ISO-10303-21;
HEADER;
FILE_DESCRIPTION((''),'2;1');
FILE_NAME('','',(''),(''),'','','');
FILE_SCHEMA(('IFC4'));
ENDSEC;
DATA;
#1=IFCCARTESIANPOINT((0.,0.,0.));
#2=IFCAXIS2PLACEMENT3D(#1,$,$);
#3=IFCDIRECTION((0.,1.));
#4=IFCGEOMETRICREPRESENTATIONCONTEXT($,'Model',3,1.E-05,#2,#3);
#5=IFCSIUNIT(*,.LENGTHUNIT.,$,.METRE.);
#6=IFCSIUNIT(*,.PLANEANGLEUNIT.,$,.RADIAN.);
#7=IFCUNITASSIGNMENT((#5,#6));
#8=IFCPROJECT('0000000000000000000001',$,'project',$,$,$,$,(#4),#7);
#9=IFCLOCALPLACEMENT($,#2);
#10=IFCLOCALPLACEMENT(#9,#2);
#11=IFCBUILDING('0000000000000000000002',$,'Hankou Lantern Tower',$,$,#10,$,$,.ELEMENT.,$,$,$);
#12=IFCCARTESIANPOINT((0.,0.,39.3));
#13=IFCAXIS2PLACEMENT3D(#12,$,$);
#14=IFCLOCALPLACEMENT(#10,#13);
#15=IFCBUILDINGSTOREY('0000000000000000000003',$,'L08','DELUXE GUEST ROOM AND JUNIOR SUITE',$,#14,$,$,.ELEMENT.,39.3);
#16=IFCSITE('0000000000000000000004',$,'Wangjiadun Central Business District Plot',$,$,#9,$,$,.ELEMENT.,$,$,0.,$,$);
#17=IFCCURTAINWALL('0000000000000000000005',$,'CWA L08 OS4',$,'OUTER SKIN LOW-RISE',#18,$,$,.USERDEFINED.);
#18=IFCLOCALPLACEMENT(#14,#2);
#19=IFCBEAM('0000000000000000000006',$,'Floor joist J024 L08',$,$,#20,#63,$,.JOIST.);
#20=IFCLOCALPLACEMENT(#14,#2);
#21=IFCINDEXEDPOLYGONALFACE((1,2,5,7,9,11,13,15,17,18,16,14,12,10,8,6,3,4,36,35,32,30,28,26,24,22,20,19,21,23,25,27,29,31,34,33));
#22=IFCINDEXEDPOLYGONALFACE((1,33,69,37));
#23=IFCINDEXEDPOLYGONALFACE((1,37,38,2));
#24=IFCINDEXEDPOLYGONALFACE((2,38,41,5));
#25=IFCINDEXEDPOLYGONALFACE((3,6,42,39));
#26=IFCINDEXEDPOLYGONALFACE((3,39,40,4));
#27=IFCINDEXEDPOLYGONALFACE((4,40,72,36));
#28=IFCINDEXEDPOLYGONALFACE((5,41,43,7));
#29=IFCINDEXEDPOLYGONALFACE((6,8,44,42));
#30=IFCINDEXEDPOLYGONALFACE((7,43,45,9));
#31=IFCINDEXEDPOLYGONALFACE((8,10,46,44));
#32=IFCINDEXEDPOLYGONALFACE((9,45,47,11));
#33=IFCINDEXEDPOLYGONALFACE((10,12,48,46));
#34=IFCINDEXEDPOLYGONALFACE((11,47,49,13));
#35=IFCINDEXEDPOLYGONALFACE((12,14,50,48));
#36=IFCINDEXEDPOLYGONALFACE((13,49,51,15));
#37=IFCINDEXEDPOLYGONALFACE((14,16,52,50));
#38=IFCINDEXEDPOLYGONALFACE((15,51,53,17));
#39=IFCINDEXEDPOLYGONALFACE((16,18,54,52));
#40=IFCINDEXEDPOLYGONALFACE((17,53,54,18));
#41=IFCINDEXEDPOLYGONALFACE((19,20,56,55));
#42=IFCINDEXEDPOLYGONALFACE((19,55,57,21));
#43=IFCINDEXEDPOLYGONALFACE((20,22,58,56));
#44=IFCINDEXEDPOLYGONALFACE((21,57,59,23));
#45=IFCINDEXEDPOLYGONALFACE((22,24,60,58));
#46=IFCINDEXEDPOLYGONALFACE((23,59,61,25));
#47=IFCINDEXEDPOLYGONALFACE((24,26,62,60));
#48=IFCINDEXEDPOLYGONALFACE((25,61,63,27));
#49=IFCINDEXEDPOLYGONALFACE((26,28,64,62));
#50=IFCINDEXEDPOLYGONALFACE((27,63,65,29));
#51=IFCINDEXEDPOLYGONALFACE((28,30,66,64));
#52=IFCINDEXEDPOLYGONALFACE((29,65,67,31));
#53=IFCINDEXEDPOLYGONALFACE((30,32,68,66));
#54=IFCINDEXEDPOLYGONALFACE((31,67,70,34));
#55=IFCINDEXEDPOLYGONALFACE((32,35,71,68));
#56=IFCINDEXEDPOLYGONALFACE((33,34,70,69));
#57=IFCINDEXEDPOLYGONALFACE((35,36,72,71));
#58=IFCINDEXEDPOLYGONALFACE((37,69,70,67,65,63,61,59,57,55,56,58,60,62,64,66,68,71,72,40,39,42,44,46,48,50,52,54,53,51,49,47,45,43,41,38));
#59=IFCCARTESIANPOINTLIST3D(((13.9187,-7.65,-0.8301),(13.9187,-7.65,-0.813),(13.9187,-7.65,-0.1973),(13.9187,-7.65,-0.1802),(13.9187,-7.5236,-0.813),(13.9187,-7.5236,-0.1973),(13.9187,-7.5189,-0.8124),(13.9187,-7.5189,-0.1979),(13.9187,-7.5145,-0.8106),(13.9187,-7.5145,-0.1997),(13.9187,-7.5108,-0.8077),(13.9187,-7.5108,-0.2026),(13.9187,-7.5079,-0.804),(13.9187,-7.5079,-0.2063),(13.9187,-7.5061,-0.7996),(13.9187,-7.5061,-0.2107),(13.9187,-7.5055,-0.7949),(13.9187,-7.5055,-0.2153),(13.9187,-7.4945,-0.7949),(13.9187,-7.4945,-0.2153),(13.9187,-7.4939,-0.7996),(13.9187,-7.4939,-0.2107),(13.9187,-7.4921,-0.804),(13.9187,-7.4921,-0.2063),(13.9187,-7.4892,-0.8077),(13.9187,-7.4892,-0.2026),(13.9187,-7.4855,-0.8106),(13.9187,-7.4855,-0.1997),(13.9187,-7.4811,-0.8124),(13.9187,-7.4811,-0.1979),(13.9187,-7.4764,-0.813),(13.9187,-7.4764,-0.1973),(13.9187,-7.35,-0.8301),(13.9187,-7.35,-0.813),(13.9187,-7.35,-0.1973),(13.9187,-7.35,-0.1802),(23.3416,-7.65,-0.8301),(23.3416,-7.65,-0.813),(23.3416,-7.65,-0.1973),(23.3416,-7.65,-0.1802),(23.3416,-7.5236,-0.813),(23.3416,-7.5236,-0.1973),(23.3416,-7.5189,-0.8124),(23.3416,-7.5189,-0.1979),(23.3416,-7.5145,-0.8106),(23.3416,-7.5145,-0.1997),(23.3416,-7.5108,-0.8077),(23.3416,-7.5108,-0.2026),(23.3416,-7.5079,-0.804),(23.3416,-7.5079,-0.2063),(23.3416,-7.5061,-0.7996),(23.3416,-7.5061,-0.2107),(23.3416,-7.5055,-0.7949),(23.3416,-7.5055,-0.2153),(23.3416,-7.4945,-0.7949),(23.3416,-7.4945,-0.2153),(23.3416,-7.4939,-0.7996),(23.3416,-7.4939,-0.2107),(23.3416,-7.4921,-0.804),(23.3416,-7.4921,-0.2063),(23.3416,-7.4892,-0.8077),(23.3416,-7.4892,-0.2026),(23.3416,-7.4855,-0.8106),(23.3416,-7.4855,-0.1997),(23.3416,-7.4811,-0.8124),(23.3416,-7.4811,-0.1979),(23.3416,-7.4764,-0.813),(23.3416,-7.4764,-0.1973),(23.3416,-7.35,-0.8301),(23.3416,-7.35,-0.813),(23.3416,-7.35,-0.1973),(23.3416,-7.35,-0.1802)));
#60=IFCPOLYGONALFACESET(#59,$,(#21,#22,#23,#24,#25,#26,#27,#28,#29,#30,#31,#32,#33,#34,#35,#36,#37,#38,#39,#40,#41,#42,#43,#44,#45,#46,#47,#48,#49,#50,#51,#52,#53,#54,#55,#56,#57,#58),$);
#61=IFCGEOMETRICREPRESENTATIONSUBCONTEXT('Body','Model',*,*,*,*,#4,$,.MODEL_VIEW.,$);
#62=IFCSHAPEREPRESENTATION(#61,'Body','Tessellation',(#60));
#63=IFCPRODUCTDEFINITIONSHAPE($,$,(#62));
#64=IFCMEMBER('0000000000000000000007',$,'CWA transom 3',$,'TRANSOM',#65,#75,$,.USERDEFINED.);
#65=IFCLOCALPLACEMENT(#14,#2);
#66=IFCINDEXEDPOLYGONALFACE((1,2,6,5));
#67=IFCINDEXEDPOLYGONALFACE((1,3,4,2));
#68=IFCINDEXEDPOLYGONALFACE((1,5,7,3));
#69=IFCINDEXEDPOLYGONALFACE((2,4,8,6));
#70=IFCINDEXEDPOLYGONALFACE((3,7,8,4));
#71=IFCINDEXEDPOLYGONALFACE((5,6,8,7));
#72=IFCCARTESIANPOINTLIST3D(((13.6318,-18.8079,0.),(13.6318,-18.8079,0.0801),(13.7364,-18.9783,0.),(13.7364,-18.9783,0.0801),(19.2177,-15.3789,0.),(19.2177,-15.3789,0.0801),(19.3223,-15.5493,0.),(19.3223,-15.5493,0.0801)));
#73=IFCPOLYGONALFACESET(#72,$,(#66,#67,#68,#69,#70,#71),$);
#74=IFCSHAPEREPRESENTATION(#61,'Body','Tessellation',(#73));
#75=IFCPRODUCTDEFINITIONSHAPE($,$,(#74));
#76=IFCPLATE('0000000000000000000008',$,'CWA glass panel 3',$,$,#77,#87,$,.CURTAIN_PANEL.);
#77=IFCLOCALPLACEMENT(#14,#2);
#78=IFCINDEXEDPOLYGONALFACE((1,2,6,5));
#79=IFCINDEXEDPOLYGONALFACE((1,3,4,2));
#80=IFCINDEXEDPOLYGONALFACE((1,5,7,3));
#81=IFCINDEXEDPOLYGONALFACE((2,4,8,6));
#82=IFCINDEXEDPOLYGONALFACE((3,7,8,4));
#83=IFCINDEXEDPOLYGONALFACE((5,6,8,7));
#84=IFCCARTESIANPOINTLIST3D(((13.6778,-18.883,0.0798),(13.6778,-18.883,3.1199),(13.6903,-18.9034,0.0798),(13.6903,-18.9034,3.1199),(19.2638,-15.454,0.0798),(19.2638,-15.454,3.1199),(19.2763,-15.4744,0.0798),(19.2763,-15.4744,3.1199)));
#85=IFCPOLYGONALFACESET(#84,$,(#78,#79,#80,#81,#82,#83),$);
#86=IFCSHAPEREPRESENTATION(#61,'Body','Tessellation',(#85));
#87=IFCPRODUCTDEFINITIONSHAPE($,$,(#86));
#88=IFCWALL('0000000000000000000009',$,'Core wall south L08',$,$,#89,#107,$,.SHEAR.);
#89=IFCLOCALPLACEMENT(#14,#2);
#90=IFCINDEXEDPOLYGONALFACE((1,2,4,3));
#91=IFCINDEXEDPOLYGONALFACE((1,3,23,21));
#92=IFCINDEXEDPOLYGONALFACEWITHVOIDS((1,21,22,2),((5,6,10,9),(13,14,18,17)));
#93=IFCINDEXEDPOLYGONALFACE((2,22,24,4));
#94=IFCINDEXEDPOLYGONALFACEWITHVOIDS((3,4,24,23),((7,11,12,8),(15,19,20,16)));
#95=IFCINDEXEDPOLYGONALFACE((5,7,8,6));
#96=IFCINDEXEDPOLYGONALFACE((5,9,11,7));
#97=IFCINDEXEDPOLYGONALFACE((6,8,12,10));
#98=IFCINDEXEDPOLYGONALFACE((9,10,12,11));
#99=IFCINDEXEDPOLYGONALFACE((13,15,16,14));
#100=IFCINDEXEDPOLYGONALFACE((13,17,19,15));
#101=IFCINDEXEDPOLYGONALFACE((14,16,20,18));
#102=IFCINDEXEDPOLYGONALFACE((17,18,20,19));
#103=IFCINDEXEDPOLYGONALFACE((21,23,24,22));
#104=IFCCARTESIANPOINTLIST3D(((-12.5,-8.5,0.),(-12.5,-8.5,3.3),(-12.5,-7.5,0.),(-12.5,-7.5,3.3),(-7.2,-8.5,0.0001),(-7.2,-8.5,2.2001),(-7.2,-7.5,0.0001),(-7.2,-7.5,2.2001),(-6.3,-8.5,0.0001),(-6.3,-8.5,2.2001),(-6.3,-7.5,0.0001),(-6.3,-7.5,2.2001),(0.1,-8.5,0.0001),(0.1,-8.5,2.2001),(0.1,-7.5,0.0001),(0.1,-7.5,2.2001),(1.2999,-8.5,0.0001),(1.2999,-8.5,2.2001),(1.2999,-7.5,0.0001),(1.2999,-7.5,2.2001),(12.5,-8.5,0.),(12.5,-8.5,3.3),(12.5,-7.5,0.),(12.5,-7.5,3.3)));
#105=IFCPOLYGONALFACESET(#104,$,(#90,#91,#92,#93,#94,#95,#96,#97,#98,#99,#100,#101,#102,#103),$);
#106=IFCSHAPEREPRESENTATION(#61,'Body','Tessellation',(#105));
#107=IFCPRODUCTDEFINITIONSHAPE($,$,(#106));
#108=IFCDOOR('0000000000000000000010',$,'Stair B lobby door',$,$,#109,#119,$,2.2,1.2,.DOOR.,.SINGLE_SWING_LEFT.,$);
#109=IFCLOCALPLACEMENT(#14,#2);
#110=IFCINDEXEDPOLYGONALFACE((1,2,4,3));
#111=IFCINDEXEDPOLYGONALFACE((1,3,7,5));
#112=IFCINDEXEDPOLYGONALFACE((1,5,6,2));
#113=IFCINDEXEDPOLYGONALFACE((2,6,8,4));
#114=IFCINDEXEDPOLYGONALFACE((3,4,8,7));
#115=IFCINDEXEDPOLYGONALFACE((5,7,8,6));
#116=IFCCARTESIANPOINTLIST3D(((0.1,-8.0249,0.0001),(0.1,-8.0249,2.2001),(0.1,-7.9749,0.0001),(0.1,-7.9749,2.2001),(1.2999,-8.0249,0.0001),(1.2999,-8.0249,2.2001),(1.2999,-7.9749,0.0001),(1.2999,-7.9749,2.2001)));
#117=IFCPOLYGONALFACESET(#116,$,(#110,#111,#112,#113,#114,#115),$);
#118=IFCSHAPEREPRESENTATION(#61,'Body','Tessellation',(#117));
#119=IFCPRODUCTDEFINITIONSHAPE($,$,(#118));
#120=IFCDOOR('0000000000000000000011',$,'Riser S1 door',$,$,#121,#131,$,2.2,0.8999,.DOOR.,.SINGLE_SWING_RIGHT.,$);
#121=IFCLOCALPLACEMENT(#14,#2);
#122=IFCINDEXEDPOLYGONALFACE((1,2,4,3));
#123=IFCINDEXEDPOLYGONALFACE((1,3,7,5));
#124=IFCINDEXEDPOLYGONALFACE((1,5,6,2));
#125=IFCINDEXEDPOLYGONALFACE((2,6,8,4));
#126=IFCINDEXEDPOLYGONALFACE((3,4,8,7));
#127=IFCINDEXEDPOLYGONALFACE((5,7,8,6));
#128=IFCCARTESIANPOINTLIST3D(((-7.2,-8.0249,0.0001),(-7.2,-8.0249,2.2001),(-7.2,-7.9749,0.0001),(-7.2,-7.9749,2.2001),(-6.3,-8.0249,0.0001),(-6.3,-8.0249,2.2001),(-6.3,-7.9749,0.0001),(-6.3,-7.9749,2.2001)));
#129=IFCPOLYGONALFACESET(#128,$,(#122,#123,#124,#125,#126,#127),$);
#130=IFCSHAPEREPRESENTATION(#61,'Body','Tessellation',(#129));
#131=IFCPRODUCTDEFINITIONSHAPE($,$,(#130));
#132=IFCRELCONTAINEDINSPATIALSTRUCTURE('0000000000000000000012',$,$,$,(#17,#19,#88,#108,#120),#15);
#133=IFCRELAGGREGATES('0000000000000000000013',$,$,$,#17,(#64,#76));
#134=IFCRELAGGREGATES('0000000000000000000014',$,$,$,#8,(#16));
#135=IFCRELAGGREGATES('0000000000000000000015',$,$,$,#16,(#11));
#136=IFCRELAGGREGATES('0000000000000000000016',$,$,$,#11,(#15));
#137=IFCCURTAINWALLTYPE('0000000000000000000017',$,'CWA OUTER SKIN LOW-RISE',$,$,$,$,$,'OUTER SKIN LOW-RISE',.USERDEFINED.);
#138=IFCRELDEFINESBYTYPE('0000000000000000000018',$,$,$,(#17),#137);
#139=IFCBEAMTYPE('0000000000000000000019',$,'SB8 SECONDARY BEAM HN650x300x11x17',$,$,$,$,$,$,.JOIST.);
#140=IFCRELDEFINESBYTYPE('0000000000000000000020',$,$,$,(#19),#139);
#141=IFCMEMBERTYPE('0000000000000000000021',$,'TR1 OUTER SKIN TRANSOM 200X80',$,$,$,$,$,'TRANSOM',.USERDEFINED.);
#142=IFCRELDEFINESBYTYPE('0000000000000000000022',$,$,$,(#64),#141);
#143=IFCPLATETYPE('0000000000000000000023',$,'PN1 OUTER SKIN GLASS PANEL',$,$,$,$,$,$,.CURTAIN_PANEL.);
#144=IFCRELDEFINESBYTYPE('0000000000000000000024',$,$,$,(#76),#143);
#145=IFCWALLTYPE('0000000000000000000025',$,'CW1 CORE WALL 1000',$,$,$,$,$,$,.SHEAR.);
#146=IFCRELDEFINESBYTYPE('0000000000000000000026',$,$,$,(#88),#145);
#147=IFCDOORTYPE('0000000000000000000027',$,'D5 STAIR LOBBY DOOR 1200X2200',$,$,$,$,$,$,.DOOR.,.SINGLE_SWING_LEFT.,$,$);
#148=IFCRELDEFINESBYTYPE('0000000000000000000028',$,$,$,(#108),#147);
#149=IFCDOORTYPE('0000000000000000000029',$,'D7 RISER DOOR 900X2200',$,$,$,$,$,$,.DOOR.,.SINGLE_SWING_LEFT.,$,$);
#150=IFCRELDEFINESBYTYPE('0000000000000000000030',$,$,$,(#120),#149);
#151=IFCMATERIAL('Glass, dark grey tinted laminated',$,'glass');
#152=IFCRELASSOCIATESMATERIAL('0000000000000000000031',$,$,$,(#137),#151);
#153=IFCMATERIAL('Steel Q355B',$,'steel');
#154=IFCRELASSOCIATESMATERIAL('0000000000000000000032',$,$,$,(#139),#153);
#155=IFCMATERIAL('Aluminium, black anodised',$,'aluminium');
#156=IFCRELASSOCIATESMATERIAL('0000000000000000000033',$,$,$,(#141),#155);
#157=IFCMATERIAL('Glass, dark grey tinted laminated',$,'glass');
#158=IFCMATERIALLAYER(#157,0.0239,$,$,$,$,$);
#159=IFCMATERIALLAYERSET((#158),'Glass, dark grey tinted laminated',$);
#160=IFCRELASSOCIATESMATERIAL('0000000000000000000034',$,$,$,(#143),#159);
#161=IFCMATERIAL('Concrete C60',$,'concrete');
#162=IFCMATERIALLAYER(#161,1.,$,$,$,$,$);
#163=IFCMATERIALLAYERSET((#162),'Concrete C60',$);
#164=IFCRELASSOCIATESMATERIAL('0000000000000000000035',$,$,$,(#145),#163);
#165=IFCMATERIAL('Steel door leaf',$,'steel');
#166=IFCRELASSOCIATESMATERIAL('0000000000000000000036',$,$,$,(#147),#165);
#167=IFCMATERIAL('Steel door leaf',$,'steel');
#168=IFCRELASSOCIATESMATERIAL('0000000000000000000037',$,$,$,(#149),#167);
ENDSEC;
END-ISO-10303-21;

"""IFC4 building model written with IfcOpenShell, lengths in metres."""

from ifc_helpers import new_model, si_unit, direction, frame, frame_2d, origin, origin_2d, place, context, subcontext, project, spatial, rectangle, i_section, extrude, material, layer, layer_set, material_profile, profile_set, type_object, element, fill, aggregate, save


model = new_model("IFC4")

# Units and contexts
model_context = context("Model", 3, precision=1e-05, world=origin(), true_north=direction((0.0, 1.0)))
body_context = subcontext(model_context, "Body", "Model", "MODEL_VIEW")
ifc_project = project(units=[si_unit("LENGTHUNIT", "METRE"), si_unit("PLANEANGLEUNIT", "RADIAN")], contexts=[model_context])

# Site, building, storey
site_placement = place(None, origin())
site = spatial("IfcSite", under=ifc_project, at=site_placement, Name="Wangjiadun Central Business District Plot", CompositionType="ELEMENT", RefElevation=0.0)
building_placement = place(site_placement, origin())
building = spatial("IfcBuilding", under=site, at=building_placement, Name="Hankou Lantern Tower", CompositionType="ELEMENT")
storey_placement = place(building_placement, frame((0.0, 0.0, 39.3)))
storey = spatial("IfcBuildingStorey", under=building, at=storey_placement, Name="L08", Description="DELUXE GUEST ROOM AND JUNIOR SUITE", CompositionType="ELEMENT", Elevation=39.3)

# Curtain wall
ifc_material_1 = material(Name="Glass, dark grey tinted laminated", Category="glass")
curtain_wall_type = type_object("IfcCurtainWallType", Name="CWA OUTER SKIN LOW-RISE", ElementType="OUTER SKIN LOW-RISE", PredefinedType="USERDEFINED", material=ifc_material_1)
curtain_wall_placement = place(storey_placement, origin())
curtain_wall = element("IfcCurtainWall", 1, at=curtain_wall_placement, inside=storey, type_object=curtain_wall_type, Name="CWA L08 OS4", ObjectType="OUTER SKIN LOW-RISE", PredefinedType="USERDEFINED")

# Beam
ifc_material_2 = material(Name="Steel Q355B", Category="steel")
ifc_material_profile_1 = material_profile(ifc_material_2, i_section(OverallWidth=0.3, OverallDepth=0.6499, WebThickness=0.011, FlangeThickness=0.0171, FilletRadius=0.0181, at=origin_2d()), Name="HN650x300x11x17")
ifc_profile_set_1 = profile_set([ifc_material_profile_1], Name="Steel Q355B")
beam_type_1 = type_object("IfcBeamType", Name="SB8 SECONDARY BEAM HN650x300x11x17", PredefinedType="JOIST", material=ifc_profile_set_1)
beam_1_placement = place(storey_placement, frame((13.9187, -7.5, -0.5051), z_axis=(1.0, 0.0, 0.0), x_axis=(0.0, 1.0, 0.0)))
element("IfcBeam", 2, at=beam_1_placement, inside=storey, type_object=beam_type_1, Name="Floor joist J024 L08", PredefinedType="JOIST", context=body_context, shape_type="SweptSolid", body=[
    extrude(i_section(OverallWidth=0.3, OverallDepth=0.6499, WebThickness=0.011, FlangeThickness=0.0171, FilletRadius=0.0181, at=origin_2d()), origin(), (0.0, 0.0, 1.0), 9.4229),
])

# Member
ifc_material_3 = material(Name="Aluminium, black anodised", Category="aluminium")
ifc_material_profile_2 = material_profile(ifc_material_3, rectangle(XDim=0.2, YDim=0.0801, at=origin_2d()), Name="TR1 200X80")
ifc_profile_set_2 = profile_set([ifc_material_profile_2], Name="Aluminium, black anodised")
member_type_1 = type_object("IfcMemberType", Name="TR1 OUTER SKIN TRANSOM 200X80", ElementType="TRANSOM", PredefinedType="USERDEFINED", material=ifc_profile_set_2)
member_1_placement = place(storey_placement, frame((13.6841, -18.8931, 0.04), z_axis=(0.85224, 0.523152, 0.0), x_axis=(-0.523152, 0.85224, 0.0)))
member_1 = element("IfcMember", 3, at=member_1_placement, type_object=member_type_1, Name="CWA transom 3", ObjectType="TRANSOM", PredefinedType="USERDEFINED", context=body_context, shape_type="SweptSolid", body=[
    extrude(rectangle(XDim=0.2, YDim=0.0801, at=origin_2d()), origin(), (0.0, 0.0, 1.0), 6.5544),
])

# Plate
ifc_material_4 = material(Name="Glass, dark grey tinted laminated", Category="glass")
ifc_layer_1 = layer(ifc_material_4, 0.0239)
ifc_layer_set_1 = layer_set([ifc_layer_1], Name="Glass, dark grey tinted laminated")
plate_type = type_object("IfcPlateType", Name="PN1 OUTER SKIN GLASS PANEL", PredefinedType="CURTAIN_PANEL", material=ifc_layer_set_1)
plate_placement = place(storey_placement, frame((16.4771, -17.1787, 0.0798), z_axis=(0.0, 0.0, 1.0), x_axis=(0.852237, 0.523156, 0.0)))
plate = element("IfcPlate", 4, at=plate_placement, type_object=plate_type, Name="CWA glass panel 3", PredefinedType="CURTAIN_PANEL", context=body_context, shape_type="SweptSolid", body=[
    extrude(rectangle(XDim=6.5544, YDim=0.0239, at=origin_2d()), origin(), (0.0, 0.0, 1.0), 3.04),
])
aggregate(curtain_wall, [member_1, plate])

# Wall, openings, doors
ifc_material_5 = material(Name="Concrete C60", Category="concrete")
ifc_layer_2 = layer(ifc_material_5, 1.0)
ifc_layer_set_2 = layer_set([ifc_layer_2], Name="Concrete C60")
wall_type_1 = type_object("IfcWallType", Name="CW1 CORE WALL 1000", PredefinedType="SHEAR", material=ifc_layer_set_2)
wall_1_placement = place(storey_placement, frame((12.5, -8.0, 0.0), z_axis=(0.0, 0.0, 1.0), x_axis=(-1.0, 0.0, 0.0)))
wall_1 = element("IfcWall", 5, at=wall_1_placement, inside=storey, type_object=wall_type_1, Name="Core wall south L08", PredefinedType="SHEAR", context=body_context, shape_type="SweptSolid", body=[
    extrude(rectangle(XDim=25.0, YDim=1.0, at=frame_2d((12.5, 0.0))), origin(), (0.0, 0.0, 1.0), 3.3),
])
opening_1_placement = place(wall_1_placement, frame((11.2, 0.0, 0.0)))
opening_1 = element("IfcOpeningElement", 6, at=opening_1_placement, cuts=wall_1, PredefinedType="OPENING", context=body_context, shape_type="SweptSolid", body=[
    extrude(rectangle(XDim=1.2, YDim=2.2, at=frame_2d((0.6001, 1.1001))), frame((0.0, 0.51, 0.0), z_axis=(0.0, -1.0, 0.0), x_axis=(1.0, 0.0, 0.0)), (0.0, 0.0, 1.0), 1.02),
])
opening_2_placement = place(wall_1_placement, frame((18.8, 0.0, 0.0)))
opening_2 = element("IfcOpeningElement", 7, at=opening_2_placement, cuts=wall_1, PredefinedType="OPENING", context=body_context, shape_type="SweptSolid", body=[
    extrude(rectangle(XDim=0.8999, YDim=2.2, at=frame_2d((0.45, 1.1001))), frame((0.0, 0.51, 0.0), z_axis=(0.0, -1.0, 0.0), x_axis=(1.0, 0.0, 0.0)), (0.0, 0.0, 1.0), 1.02),
])
ifc_material_6 = material(Name="Steel door leaf", Category="steel")
door_type_1 = type_object("IfcDoorType", Name="D5 STAIR LOBBY DOOR 1200X2200", OperationType="SINGLE_SWING_LEFT", PredefinedType="DOOR", material=ifc_material_6)
door_1_placement = place(opening_1_placement, origin())
door_1 = element("IfcDoor", 8, at=door_1_placement, inside=storey, type_object=door_type_1, Name="Stair B lobby door", OperationType="SINGLE_SWING_LEFT", OverallHeight=2.2, OverallWidth=1.2, PredefinedType="DOOR", context=body_context, shape_type="SweptSolid", body=[
    extrude(rectangle(XDim=1.2, YDim=2.2, at=frame_2d((0.6001, 1.1001))), frame((0.0, 0.0249, 0.0), z_axis=(0.0, -1.0, 0.0), x_axis=(1.0, 0.0, 0.0)), (0.0, 0.0, 1.0), 0.05),
])
fill(opening_1, door_1)
ifc_material_7 = material(Name="Steel door leaf", Category="steel")
door_type_2 = type_object("IfcDoorType", Name="D7 RISER DOOR 900X2200", OperationType="SINGLE_SWING_LEFT", PredefinedType="DOOR", material=ifc_material_7)
door_2_placement = place(opening_2_placement, origin())
door_2 = element("IfcDoor", 9, at=door_2_placement, inside=storey, type_object=door_type_2, Name="Riser S1 door", OperationType="SINGLE_SWING_RIGHT", OverallHeight=2.2, OverallWidth=0.8999, PredefinedType="DOOR", context=body_context, shape_type="SweptSolid", body=[
    extrude(rectangle(XDim=0.8999, YDim=2.2, at=frame_2d((0.45, 1.1001))), frame((0.0, 0.0249, 0.0), z_axis=(0.0, -1.0, 0.0), x_axis=(1.0, 0.0, 0.0)), (0.0, 0.0, 1.0), 0.05),
])
fill(opening_2, door_2)

save(model, "model.ifc")
